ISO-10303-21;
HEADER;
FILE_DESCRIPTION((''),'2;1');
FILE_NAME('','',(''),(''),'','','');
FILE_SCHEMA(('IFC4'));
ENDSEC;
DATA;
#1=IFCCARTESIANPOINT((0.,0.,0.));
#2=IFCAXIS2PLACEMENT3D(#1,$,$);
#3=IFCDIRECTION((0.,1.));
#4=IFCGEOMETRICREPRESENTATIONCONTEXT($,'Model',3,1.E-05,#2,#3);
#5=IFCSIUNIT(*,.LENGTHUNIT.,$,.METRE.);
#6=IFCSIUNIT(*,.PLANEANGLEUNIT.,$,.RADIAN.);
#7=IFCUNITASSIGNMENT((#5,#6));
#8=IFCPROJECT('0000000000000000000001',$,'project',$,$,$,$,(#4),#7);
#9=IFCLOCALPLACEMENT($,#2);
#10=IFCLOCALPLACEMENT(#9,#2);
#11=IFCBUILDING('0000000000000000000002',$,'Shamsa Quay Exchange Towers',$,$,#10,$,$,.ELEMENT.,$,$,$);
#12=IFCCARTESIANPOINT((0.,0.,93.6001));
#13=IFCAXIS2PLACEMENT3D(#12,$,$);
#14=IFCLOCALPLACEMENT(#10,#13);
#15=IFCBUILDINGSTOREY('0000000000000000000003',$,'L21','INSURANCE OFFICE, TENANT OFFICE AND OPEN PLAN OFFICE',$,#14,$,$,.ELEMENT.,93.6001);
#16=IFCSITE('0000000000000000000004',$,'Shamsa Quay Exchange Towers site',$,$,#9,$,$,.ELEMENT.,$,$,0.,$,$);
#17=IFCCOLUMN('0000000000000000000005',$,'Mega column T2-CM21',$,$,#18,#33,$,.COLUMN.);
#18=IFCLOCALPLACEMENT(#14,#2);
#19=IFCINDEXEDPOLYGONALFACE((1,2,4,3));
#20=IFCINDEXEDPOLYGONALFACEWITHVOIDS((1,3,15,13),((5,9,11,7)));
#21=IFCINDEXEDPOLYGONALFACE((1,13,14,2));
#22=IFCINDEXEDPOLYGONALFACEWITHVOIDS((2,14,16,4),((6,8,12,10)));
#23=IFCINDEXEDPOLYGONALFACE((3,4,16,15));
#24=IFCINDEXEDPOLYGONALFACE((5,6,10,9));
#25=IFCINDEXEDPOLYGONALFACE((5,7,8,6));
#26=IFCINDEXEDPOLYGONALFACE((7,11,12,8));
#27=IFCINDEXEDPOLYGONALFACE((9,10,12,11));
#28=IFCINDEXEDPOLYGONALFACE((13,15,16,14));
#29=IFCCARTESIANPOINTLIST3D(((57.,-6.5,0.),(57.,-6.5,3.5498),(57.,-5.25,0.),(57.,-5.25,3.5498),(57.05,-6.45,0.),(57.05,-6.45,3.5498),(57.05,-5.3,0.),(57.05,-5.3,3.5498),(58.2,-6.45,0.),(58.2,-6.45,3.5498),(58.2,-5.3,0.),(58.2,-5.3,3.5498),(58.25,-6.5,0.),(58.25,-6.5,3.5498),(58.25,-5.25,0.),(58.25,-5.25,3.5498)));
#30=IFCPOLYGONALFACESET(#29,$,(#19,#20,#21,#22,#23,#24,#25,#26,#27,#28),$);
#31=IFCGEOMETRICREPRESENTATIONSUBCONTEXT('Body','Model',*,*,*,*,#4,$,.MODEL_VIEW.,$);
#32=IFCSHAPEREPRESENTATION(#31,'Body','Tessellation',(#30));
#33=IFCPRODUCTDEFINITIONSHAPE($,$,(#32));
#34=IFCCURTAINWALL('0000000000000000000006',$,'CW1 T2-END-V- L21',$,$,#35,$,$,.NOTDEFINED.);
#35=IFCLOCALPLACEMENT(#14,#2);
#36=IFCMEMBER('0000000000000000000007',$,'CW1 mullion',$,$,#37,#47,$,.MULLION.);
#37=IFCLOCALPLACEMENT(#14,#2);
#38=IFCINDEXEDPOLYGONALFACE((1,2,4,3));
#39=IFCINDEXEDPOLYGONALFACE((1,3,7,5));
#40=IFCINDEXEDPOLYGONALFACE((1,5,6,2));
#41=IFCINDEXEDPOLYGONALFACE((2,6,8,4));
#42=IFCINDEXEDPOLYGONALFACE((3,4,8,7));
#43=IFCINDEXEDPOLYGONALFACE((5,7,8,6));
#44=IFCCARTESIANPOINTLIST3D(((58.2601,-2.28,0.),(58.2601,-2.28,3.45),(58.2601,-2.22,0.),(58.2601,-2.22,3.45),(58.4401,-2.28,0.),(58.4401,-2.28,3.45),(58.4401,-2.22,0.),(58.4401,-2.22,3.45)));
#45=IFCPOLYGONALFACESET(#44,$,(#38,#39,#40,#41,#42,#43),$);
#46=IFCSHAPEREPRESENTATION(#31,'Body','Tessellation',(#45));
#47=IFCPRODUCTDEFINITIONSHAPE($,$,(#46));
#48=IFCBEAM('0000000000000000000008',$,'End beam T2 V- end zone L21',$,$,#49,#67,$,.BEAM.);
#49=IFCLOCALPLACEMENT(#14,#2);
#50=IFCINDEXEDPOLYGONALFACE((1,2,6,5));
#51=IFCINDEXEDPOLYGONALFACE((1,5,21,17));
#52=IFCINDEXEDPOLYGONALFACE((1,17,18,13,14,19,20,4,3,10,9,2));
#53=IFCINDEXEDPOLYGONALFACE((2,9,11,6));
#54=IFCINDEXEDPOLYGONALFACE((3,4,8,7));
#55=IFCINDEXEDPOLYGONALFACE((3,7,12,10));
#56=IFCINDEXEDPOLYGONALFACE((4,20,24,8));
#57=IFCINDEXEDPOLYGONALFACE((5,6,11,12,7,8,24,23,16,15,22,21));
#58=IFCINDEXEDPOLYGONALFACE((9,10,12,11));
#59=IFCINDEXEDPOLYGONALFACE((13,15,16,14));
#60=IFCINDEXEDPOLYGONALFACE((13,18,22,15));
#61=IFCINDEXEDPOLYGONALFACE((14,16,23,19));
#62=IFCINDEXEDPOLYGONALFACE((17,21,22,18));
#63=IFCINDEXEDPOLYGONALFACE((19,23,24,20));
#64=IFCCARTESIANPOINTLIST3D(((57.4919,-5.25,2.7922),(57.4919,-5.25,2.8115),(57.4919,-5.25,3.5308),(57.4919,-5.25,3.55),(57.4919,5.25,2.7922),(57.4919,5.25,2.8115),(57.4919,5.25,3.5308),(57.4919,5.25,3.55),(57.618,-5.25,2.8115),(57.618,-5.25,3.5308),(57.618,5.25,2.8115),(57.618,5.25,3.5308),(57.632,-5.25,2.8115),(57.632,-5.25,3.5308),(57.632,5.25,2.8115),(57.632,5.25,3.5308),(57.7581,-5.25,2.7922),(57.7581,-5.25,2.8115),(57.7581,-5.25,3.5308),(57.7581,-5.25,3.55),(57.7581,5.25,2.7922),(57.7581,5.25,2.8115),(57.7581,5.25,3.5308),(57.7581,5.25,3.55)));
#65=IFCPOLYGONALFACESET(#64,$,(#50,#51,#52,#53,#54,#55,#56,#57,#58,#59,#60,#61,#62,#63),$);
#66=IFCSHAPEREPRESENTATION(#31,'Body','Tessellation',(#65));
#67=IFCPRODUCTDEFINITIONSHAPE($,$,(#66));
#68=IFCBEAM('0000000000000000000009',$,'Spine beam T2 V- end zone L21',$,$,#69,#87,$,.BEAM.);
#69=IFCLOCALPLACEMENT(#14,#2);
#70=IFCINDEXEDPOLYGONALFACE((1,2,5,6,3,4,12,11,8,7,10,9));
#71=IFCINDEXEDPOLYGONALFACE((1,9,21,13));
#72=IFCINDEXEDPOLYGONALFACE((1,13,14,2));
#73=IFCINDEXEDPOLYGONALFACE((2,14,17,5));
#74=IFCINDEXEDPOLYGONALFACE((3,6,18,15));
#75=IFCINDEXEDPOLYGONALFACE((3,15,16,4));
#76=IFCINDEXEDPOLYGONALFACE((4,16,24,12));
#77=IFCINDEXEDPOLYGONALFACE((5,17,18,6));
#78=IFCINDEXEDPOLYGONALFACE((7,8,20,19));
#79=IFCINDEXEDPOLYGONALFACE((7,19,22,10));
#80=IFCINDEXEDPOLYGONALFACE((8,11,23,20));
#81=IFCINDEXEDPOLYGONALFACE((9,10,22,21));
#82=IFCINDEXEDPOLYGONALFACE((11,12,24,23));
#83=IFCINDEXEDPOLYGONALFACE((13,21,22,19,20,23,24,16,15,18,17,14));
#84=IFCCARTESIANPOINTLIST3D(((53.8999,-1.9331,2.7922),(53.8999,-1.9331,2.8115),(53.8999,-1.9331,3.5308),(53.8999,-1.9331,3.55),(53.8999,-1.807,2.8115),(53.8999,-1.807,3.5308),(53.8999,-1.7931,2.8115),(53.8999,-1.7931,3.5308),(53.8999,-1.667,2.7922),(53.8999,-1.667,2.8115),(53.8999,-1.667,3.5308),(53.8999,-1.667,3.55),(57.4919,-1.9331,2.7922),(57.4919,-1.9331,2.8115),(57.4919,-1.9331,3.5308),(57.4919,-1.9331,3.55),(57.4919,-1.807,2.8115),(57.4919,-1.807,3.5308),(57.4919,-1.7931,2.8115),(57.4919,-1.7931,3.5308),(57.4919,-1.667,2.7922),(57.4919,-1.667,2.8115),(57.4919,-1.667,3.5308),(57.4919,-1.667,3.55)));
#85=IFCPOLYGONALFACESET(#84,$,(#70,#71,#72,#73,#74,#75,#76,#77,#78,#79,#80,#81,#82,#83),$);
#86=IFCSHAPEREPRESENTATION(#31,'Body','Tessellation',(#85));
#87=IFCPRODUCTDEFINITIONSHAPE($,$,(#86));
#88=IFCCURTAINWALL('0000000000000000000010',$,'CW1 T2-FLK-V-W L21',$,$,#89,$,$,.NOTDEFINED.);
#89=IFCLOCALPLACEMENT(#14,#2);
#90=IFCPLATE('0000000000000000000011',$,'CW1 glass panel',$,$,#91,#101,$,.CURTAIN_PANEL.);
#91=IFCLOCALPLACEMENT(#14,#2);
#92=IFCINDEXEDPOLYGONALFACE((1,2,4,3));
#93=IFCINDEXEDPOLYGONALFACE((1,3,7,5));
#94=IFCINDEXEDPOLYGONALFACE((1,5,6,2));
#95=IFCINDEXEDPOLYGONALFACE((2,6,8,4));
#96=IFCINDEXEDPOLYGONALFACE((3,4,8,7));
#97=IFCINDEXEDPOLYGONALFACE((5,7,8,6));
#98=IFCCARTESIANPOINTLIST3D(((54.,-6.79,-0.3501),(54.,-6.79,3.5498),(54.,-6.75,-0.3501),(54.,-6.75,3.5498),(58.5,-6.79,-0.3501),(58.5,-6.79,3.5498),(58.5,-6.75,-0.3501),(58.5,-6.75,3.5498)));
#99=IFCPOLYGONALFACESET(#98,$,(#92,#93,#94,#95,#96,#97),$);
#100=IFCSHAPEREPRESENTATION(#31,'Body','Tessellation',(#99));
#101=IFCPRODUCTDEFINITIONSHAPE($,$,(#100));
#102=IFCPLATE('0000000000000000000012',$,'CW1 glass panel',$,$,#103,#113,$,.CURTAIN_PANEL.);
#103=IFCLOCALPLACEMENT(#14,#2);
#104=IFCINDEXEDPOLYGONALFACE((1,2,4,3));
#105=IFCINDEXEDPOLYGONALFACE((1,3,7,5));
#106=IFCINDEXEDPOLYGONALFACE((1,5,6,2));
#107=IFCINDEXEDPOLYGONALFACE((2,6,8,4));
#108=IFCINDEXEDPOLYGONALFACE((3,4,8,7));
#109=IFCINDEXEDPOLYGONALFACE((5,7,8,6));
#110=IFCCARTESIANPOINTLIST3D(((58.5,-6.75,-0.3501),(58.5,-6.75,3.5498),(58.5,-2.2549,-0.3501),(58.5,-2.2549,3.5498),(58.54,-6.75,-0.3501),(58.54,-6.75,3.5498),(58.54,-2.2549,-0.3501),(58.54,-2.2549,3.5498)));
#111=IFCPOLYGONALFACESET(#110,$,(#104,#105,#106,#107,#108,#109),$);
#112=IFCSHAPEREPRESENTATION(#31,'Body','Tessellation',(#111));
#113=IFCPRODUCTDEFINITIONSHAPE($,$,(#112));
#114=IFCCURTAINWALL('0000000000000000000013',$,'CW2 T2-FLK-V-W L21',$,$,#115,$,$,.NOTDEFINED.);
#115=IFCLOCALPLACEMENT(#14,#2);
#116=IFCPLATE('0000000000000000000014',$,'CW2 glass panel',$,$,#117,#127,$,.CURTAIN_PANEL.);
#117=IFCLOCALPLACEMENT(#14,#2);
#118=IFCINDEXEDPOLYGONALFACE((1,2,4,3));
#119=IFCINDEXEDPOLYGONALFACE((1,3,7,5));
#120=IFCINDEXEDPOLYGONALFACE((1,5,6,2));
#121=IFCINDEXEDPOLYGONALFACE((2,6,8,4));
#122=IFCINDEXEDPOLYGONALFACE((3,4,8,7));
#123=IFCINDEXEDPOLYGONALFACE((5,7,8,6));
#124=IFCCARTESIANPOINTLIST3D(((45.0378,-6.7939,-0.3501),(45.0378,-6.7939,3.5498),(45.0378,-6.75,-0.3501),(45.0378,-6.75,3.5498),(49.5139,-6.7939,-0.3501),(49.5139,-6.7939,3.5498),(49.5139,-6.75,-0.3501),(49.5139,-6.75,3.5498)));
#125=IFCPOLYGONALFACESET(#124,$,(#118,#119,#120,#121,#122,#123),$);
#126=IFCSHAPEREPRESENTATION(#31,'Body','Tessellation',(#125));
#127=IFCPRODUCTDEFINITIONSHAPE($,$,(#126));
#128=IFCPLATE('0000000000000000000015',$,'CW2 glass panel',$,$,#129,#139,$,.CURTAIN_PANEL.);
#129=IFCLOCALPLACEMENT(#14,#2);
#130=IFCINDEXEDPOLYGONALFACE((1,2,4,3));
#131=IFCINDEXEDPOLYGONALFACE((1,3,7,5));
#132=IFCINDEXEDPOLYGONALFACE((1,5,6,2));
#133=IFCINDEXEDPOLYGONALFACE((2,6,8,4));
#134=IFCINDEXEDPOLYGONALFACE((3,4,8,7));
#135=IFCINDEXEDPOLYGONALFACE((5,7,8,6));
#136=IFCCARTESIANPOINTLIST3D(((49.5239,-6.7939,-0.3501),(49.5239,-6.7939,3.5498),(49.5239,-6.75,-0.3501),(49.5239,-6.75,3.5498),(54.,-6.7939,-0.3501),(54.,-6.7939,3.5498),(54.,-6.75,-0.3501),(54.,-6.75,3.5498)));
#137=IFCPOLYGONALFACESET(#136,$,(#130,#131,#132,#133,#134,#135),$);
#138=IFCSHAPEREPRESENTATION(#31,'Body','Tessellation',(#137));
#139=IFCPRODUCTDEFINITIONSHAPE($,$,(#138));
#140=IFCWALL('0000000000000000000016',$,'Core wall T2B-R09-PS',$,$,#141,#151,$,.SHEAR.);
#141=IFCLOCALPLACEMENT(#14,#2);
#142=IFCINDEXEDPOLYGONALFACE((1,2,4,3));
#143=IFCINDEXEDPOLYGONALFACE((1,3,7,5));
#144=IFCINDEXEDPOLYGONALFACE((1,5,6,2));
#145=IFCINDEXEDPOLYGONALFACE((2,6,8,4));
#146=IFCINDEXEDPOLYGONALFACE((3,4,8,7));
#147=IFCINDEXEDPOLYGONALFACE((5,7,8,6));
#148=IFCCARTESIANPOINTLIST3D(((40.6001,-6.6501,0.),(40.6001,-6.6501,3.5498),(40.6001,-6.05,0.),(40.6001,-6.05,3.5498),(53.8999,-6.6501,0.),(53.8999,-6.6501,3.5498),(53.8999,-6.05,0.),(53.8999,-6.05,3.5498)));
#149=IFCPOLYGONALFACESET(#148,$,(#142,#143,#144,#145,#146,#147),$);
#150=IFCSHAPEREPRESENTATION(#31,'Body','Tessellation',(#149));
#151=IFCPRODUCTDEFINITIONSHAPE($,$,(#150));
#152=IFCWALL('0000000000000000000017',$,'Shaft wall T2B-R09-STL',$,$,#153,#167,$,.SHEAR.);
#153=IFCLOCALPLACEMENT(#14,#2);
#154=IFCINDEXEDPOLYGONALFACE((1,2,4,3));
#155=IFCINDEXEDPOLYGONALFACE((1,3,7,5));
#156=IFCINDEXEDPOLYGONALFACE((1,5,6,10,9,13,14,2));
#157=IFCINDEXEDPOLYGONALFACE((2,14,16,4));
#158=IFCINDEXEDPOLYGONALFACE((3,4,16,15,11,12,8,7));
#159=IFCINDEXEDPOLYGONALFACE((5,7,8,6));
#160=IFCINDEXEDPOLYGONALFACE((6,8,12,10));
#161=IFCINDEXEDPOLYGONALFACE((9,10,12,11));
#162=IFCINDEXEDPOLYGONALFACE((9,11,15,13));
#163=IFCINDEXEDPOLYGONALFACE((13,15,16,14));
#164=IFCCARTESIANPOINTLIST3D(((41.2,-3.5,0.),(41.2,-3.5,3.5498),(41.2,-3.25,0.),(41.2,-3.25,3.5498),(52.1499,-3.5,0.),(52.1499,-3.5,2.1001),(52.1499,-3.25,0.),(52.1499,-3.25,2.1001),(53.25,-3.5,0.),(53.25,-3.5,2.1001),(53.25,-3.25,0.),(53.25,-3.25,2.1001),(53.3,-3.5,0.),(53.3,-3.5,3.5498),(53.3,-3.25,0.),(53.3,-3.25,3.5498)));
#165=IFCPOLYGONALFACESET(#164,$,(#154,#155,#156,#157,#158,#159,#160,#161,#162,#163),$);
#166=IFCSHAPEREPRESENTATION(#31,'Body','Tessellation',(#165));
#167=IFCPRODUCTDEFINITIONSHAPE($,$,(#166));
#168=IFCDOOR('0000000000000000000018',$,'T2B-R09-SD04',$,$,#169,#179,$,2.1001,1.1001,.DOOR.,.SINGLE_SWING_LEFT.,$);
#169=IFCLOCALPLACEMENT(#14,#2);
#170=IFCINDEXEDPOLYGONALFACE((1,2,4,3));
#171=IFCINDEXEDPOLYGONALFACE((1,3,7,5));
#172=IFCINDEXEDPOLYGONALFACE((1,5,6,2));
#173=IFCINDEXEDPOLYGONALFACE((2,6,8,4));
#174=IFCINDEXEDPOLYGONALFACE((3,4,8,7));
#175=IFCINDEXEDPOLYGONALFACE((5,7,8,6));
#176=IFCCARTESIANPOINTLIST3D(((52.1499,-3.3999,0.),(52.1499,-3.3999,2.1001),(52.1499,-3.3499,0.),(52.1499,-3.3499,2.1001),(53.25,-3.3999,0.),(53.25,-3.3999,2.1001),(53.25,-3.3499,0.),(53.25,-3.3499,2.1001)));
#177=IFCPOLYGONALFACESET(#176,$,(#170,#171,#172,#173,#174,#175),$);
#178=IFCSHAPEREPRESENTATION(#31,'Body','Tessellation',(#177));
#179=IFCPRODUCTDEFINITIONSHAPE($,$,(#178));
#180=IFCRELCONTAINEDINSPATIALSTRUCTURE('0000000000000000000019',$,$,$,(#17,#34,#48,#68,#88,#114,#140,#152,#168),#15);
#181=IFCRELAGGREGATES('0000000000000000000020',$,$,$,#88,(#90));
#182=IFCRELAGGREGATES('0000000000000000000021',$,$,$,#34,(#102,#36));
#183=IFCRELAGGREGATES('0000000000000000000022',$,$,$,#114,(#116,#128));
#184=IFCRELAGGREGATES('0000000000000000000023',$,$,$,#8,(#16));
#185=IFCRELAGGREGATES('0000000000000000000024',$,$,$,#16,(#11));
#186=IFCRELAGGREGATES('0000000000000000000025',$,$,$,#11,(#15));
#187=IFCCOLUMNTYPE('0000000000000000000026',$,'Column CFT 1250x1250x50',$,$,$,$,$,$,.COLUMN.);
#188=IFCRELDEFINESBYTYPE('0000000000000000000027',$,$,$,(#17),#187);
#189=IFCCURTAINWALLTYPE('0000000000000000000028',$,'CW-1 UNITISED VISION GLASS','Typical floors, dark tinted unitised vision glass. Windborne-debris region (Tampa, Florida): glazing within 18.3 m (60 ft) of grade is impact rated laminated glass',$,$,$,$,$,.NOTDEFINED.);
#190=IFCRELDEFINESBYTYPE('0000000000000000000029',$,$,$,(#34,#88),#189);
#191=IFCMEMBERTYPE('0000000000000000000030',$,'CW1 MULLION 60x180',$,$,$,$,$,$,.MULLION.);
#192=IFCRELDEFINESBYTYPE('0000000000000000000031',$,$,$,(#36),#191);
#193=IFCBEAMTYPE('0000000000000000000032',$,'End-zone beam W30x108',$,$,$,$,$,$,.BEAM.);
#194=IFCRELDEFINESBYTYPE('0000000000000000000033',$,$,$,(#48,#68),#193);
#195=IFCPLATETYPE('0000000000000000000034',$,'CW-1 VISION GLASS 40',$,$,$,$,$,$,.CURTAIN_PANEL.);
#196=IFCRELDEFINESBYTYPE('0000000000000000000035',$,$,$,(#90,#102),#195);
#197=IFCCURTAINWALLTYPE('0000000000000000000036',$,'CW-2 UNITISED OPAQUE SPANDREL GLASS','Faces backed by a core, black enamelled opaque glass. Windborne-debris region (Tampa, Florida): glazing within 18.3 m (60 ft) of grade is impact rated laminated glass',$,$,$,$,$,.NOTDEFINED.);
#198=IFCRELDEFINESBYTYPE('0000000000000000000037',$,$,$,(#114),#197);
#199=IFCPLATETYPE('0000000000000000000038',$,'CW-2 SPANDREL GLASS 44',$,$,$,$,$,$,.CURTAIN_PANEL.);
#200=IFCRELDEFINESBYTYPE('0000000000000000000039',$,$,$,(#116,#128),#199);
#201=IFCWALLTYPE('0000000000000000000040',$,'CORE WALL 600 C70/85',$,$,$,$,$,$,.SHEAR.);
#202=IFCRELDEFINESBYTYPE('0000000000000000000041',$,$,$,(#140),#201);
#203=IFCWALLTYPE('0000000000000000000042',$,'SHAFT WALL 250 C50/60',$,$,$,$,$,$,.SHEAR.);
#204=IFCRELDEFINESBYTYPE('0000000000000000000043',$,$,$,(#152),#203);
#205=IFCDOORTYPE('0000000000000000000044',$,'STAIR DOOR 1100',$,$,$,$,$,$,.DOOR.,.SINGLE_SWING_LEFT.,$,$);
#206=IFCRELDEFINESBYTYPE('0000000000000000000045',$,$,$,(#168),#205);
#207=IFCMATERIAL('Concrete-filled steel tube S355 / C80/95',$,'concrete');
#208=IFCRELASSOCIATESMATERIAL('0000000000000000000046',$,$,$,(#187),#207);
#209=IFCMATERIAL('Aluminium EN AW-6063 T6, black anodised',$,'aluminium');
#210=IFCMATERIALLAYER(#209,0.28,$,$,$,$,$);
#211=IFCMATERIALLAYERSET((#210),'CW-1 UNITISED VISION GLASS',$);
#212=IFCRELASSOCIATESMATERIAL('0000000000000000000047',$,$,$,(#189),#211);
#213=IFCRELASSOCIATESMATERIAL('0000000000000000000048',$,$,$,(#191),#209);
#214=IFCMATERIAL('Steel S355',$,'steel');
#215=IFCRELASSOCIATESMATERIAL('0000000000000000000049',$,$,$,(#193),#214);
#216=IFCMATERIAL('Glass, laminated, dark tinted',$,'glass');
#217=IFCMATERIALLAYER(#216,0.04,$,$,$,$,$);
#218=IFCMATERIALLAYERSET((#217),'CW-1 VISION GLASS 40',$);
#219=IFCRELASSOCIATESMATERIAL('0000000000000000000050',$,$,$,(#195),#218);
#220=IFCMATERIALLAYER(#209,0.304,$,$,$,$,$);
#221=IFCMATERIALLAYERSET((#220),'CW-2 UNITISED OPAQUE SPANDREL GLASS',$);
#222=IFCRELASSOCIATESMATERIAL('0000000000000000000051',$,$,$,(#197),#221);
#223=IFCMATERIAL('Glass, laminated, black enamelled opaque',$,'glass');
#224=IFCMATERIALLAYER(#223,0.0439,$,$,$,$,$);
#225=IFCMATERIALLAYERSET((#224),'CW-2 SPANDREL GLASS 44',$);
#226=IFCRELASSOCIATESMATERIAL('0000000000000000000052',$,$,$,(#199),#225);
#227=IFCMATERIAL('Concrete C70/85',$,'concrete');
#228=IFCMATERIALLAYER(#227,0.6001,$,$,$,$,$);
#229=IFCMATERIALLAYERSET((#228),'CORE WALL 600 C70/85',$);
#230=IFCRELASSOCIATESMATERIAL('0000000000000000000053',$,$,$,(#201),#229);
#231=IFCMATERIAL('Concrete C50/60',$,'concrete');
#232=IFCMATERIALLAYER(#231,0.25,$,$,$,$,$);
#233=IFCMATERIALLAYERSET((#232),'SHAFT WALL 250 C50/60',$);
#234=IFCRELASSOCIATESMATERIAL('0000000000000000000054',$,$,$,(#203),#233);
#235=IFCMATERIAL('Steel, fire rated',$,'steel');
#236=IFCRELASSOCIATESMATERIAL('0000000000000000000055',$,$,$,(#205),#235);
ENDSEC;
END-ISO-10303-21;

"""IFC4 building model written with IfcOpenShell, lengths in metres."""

from ifc_helpers import new_model, si_unit, direction, frame, frame_2d, origin, origin_2d, place, context, subcontext, project, spatial, rectangle, hollow_rectangle, i_section, extrude, material, layer, layer_set, material_profile, profile_set, type_object, element, fill, aggregate, save


model = new_model("IFC4")

# Units and contexts
model_context = context("Model", 3, precision=1e-05, world=origin(), true_north=direction((0.0, 1.0)))
body_context = subcontext(model_context, "Body", "Model", "MODEL_VIEW")
ifc_project = project(units=[si_unit("LENGTHUNIT", "METRE"), si_unit("PLANEANGLEUNIT", "RADIAN")], contexts=[model_context])

# Site, building, storey
site_placement = place(None, origin())
site = spatial("IfcSite", under=ifc_project, at=site_placement, Name="Shamsa Quay Exchange Towers site", CompositionType="ELEMENT", RefElevation=0.0)
building_placement = place(site_placement, origin())
building = spatial("IfcBuilding", under=site, at=building_placement, Name="Shamsa Quay Exchange Towers", CompositionType="ELEMENT")
storey_placement = place(building_placement, frame((0.0, 0.0, 93.6001)))
storey = spatial("IfcBuildingStorey", under=building, at=storey_placement, Name="L21", Description="INSURANCE OFFICE, TENANT OFFICE AND OPEN PLAN OFFICE", CompositionType="ELEMENT", Elevation=93.6001)

# Column
ifc_material_1 = material(Name="Concrete-filled steel tube S355 / C80/95", Category="concrete")
ifc_material_profile_1 = material_profile(ifc_material_1, hollow_rectangle(XDim=1.25, YDim=1.25, WallThickness=0.05, at=origin_2d()), Name="CFT 1250x1250x50")
ifc_profile_set_1 = profile_set([ifc_material_profile_1], Name="Concrete-filled steel tube S355 / C80/95")
column_type = type_object("IfcColumnType", Name="Column CFT 1250x1250x50", PredefinedType="COLUMN", material=ifc_profile_set_1)
column_placement = place(storey_placement, frame((57.625, -5.875, 0.0)))
element("IfcColumn", 1, at=column_placement, inside=storey, type_object=column_type, Name="Mega column T2-CM21", PredefinedType="COLUMN", context=body_context, shape_type="SweptSolid", body=[
    extrude(hollow_rectangle(XDim=1.25, YDim=1.25, WallThickness=0.05, at=origin_2d()), origin(), (0.0, 0.0, 1.0), 3.5498),
])

# Curtain wall, member
ifc_material_2 = material(Name="Aluminium EN AW-6063 T6, black anodised", Category="aluminium")
ifc_layer_1 = layer(ifc_material_2, 0.28)
ifc_layer_set_1 = layer_set([ifc_layer_1], Name="CW-1 UNITISED VISION GLASS")
curtain_wall_type_1 = type_object("IfcCurtainWallType", Name="CW-1 UNITISED VISION GLASS", Description="Typical floors, dark tinted unitised vision glass. Windborne-debris region (Tampa, Florida): glazing within 18.3 m (60 ft) of grade is impact rated laminated glass", PredefinedType="NOTDEFINED", material=ifc_layer_set_1)
curtain_wall_1_placement = place(storey_placement, origin())
curtain_wall_1 = element("IfcCurtainWall", 2, at=curtain_wall_1_placement, inside=storey, type_object=curtain_wall_type_1, Name="CW1 T2-END-V- L21", PredefinedType="NOTDEFINED")
ifc_material_profile_2 = material_profile(ifc_material_2, rectangle(XDim=0.1799, YDim=0.0601, at=origin_2d()), Name="MU60x180")
ifc_profile_set_2 = profile_set([ifc_material_profile_2], Name="Aluminium EN AW-6063 T6, black anodised")
member_type = type_object("IfcMemberType", Name="CW1 MULLION 60x180", PredefinedType="MULLION", material=ifc_profile_set_2)
member_placement = place(storey_placement, frame((58.3501, -2.25, 0.0), z_axis=(0.0, 0.0, 1.0), x_axis=(-1.0, 0.0, 0.0)))
member = element("IfcMember", 3, at=member_placement, type_object=member_type, Name="CW1 mullion", PredefinedType="MULLION", context=body_context, shape_type="SweptSolid", body=[
    extrude(rectangle(XDim=0.1799, YDim=0.0601, at=origin_2d()), origin(), (0.0, 0.0, 1.0), 3.45),
])

# Beams
ifc_material_3 = material(Name="Steel S355", Category="steel")
ifc_material_profile_3 = material_profile(ifc_material_3, i_section(OverallWidth=0.2661, OverallDepth=0.7578, WebThickness=0.0139, FlangeThickness=0.0193, at=origin_2d()), Name="W30x108")
ifc_profile_set_3 = profile_set([ifc_material_profile_3], Name="Steel S355")
beam_type = type_object("IfcBeamType", Name="End-zone beam W30x108", PredefinedType="BEAM", material=ifc_profile_set_3)
beam_1_placement = place(storey_placement, frame((57.625, -5.25, 3.1711), z_axis=(0.0, 1.0, 0.0), x_axis=(-1.0, 0.0, 0.0)))
element("IfcBeam", 4, at=beam_1_placement, inside=storey, type_object=beam_type, Name="End beam T2 V- end zone L21", PredefinedType="BEAM", context=body_context, shape_type="SweptSolid", body=[
    extrude(i_section(OverallWidth=0.2661, OverallDepth=0.7578, WebThickness=0.0139, FlangeThickness=0.0193, at=origin_2d()), origin(), (0.0, 0.0, 1.0), 10.5),
])
beam_2_placement = place(storey_placement, frame((53.8999, -1.8, 3.1711), z_axis=(1.0, 0.0, 0.0), x_axis=(0.0, 1.0, 0.0)))
element("IfcBeam", 5, at=beam_2_placement, inside=storey, type_object=beam_type, Name="Spine beam T2 V- end zone L21", PredefinedType="BEAM", context=body_context, shape_type="SweptSolid", body=[
    extrude(i_section(OverallWidth=0.2661, OverallDepth=0.7578, WebThickness=0.0139, FlangeThickness=0.0193, at=origin_2d()), origin(), (0.0, 0.0, 1.0), 3.592),
])

# Curtain wall, plate
curtain_wall_2_placement = place(storey_placement, origin())
curtain_wall_2 = element("IfcCurtainWall", 6, at=curtain_wall_2_placement, inside=storey, type_object=curtain_wall_type_1, Name="CW1 T2-FLK-V-W L21", PredefinedType="NOTDEFINED")
ifc_material_4 = material(Name="Glass, laminated, dark tinted", Category="glass")
ifc_layer_2 = layer(ifc_material_4, 0.04)
ifc_layer_set_2 = layer_set([ifc_layer_2], Name="CW-1 VISION GLASS 40")
plate_type_1 = type_object("IfcPlateType", Name="CW-1 VISION GLASS 40", PredefinedType="CURTAIN_PANEL", material=ifc_layer_set_2)
plate_1_placement = place(storey_placement, frame((56.25, -6.77, -0.3501)))
plate_1 = element("IfcPlate", 7, at=plate_1_placement, type_object=plate_type_1, Name="CW1 glass panel", PredefinedType="CURTAIN_PANEL", context=body_context, shape_type="SweptSolid", body=[
    extrude(rectangle(XDim=4.5, YDim=0.04, at=origin_2d()), origin(), (0.0, 0.0, 1.0), 3.8999),
])
aggregate(curtain_wall_2, [plate_1])

# Plate
plate_2_placement = place(storey_placement, frame((58.52, -4.5024, -0.3501), z_axis=(0.0, 0.0, 1.0), x_axis=(0.0, 1.0, 0.0)))
plate_2 = element("IfcPlate", 8, at=plate_2_placement, type_object=plate_type_1, Name="CW1 glass panel", PredefinedType="CURTAIN_PANEL", context=body_context, shape_type="SweptSolid", body=[
    extrude(rectangle(XDim=4.4951, YDim=0.04, at=origin_2d()), origin(), (0.0, 0.0, 1.0), 3.8999),
])
aggregate(curtain_wall_1, [plate_2, member])

# Curtain wall, plates
ifc_layer_3 = layer(ifc_material_2, 0.304)
ifc_layer_set_3 = layer_set([ifc_layer_3], Name="CW-2 UNITISED OPAQUE SPANDREL GLASS")
curtain_wall_type_2 = type_object("IfcCurtainWallType", Name="CW-2 UNITISED OPAQUE SPANDREL GLASS", Description="Faces backed by a core, black enamelled opaque glass. Windborne-debris region (Tampa, Florida): glazing within 18.3 m (60 ft) of grade is impact rated laminated glass", PredefinedType="NOTDEFINED", material=ifc_layer_set_3)
curtain_wall_3_placement = place(storey_placement, origin())
curtain_wall_3 = element("IfcCurtainWall", 9, at=curtain_wall_3_placement, inside=storey, type_object=curtain_wall_type_2, Name="CW2 T2-FLK-V-W L21", PredefinedType="NOTDEFINED")
ifc_material_5 = material(Name="Glass, laminated, black enamelled opaque", Category="glass")
ifc_layer_4 = layer(ifc_material_5, 0.0439)
ifc_layer_set_4 = layer_set([ifc_layer_4], Name="CW-2 SPANDREL GLASS 44")
plate_type_2 = type_object("IfcPlateType", Name="CW-2 SPANDREL GLASS 44", PredefinedType="CURTAIN_PANEL", material=ifc_layer_set_4)
plate_3_placement = place(storey_placement, frame((47.2759, -6.772, -0.3501)))
plate_3 = element("IfcPlate", 10, at=plate_3_placement, type_object=plate_type_2, Name="CW2 glass panel", PredefinedType="CURTAIN_PANEL", context=body_context, shape_type="SweptSolid", body=[
    extrude(rectangle(XDim=4.4761, YDim=0.0439, at=origin_2d()), origin(), (0.0, 0.0, 1.0), 3.8999),
])
plate_4_placement = place(storey_placement, frame((51.762, -6.772, -0.3501)))
plate_4 = element("IfcPlate", 11, at=plate_4_placement, type_object=plate_type_2, Name="CW2 glass panel", PredefinedType="CURTAIN_PANEL", context=body_context, shape_type="SweptSolid", body=[
    extrude(rectangle(XDim=4.4761, YDim=0.0439, at=origin_2d()), origin(), (0.0, 0.0, 1.0), 3.8999),
])
aggregate(curtain_wall_3, [plate_3, plate_4])

# Wall
ifc_material_6 = material(Name="Concrete C70/85", Category="concrete")
ifc_layer_5 = layer(ifc_material_6, 0.6001)
ifc_layer_set_5 = layer_set([ifc_layer_5], Name="CORE WALL 600 C70/85")
wall_type_1 = type_object("IfcWallType", Name="CORE WALL 600 C70/85", PredefinedType="SHEAR", material=ifc_layer_set_5)
wall_1_placement = place(storey_placement, frame((53.8999, -6.3501, 0.0), z_axis=(0.0, 0.0, 1.0), x_axis=(-1.0, 0.0, 0.0)))
element("IfcWall", 12, at=wall_1_placement, inside=storey, type_object=wall_type_1, Name="Core wall T2B-R09-PS", PredefinedType="SHEAR", context=body_context, shape_type="SweptSolid", body=[
    extrude(rectangle(XDim=13.2998, YDim=0.6001, at=frame_2d((6.6499, 0.0))), origin(), (0.0, 0.0, 1.0), 3.5498),
])

# Wall, opening, door
ifc_material_7 = material(Name="Steel, fire rated", Category="steel")
ifc_material_8 = material(Name="Concrete C50/60", Category="concrete")
ifc_layer_6 = layer(ifc_material_8, 0.25)
ifc_layer_set_6 = layer_set([ifc_layer_6], Name="SHAFT WALL 250 C50/60")
wall_type_2 = type_object("IfcWallType", Name="SHAFT WALL 250 C50/60", PredefinedType="SHEAR", material=ifc_layer_set_6)
wall_2_placement = place(storey_placement, frame((53.3, -3.375, 0.0), z_axis=(0.0, 0.0, 1.0), x_axis=(-1.0, 0.0, 0.0)))
wall_2 = element("IfcWall", 13, at=wall_2_placement, inside=storey, type_object=wall_type_2, Name="Shaft wall T2B-R09-STL", PredefinedType="SHEAR", context=body_context, shape_type="SweptSolid", body=[
    extrude(rectangle(XDim=12.1001, YDim=0.25, at=frame_2d((6.05, 0.0))), origin(), (0.0, 0.0, 1.0), 3.5498),
])
opening_1_placement = place(wall_2_placement, frame((0.05, 0.0, 0.0)))
opening_1 = element("IfcOpeningElement", 14, at=opening_1_placement, cuts=wall_2, PredefinedType="OPENING", context=body_context, shape_type="SweptSolid", body=[
    extrude(rectangle(XDim=1.1001, YDim=2.1001, at=frame_2d((0.55, 1.05))), frame((0.0, 0.135, 0.0), z_axis=(0.0, -1.0, 0.0), x_axis=(1.0, 0.0, 0.0)), (0.0, 0.0, 1.0), 0.27),
])
door_type_1 = type_object("IfcDoorType", Name="STAIR DOOR 1100", OperationType="SINGLE_SWING_LEFT", PredefinedType="DOOR", material=ifc_material_7)
door_1_placement = place(opening_1_placement, origin())
door_1 = element("IfcDoor", 15, at=door_1_placement, inside=storey, type_object=door_type_1, Name="T2B-R09-SD04", OperationType="SINGLE_SWING_LEFT", OverallHeight=2.1001, OverallWidth=1.1001, PredefinedType="DOOR", context=body_context, shape_type="SweptSolid", body=[
    extrude(rectangle(XDim=1.1001, YDim=2.1001, at=frame_2d((0.55, 1.05))), frame((0.0, 0.0249, 0.0), z_axis=(0.0, -1.0, 0.0), x_axis=(1.0, 0.0, 0.0)), (0.0, 0.0, 1.0), 0.05),
])
fill(opening_1, door_1)

save(model, "model.ifc")
